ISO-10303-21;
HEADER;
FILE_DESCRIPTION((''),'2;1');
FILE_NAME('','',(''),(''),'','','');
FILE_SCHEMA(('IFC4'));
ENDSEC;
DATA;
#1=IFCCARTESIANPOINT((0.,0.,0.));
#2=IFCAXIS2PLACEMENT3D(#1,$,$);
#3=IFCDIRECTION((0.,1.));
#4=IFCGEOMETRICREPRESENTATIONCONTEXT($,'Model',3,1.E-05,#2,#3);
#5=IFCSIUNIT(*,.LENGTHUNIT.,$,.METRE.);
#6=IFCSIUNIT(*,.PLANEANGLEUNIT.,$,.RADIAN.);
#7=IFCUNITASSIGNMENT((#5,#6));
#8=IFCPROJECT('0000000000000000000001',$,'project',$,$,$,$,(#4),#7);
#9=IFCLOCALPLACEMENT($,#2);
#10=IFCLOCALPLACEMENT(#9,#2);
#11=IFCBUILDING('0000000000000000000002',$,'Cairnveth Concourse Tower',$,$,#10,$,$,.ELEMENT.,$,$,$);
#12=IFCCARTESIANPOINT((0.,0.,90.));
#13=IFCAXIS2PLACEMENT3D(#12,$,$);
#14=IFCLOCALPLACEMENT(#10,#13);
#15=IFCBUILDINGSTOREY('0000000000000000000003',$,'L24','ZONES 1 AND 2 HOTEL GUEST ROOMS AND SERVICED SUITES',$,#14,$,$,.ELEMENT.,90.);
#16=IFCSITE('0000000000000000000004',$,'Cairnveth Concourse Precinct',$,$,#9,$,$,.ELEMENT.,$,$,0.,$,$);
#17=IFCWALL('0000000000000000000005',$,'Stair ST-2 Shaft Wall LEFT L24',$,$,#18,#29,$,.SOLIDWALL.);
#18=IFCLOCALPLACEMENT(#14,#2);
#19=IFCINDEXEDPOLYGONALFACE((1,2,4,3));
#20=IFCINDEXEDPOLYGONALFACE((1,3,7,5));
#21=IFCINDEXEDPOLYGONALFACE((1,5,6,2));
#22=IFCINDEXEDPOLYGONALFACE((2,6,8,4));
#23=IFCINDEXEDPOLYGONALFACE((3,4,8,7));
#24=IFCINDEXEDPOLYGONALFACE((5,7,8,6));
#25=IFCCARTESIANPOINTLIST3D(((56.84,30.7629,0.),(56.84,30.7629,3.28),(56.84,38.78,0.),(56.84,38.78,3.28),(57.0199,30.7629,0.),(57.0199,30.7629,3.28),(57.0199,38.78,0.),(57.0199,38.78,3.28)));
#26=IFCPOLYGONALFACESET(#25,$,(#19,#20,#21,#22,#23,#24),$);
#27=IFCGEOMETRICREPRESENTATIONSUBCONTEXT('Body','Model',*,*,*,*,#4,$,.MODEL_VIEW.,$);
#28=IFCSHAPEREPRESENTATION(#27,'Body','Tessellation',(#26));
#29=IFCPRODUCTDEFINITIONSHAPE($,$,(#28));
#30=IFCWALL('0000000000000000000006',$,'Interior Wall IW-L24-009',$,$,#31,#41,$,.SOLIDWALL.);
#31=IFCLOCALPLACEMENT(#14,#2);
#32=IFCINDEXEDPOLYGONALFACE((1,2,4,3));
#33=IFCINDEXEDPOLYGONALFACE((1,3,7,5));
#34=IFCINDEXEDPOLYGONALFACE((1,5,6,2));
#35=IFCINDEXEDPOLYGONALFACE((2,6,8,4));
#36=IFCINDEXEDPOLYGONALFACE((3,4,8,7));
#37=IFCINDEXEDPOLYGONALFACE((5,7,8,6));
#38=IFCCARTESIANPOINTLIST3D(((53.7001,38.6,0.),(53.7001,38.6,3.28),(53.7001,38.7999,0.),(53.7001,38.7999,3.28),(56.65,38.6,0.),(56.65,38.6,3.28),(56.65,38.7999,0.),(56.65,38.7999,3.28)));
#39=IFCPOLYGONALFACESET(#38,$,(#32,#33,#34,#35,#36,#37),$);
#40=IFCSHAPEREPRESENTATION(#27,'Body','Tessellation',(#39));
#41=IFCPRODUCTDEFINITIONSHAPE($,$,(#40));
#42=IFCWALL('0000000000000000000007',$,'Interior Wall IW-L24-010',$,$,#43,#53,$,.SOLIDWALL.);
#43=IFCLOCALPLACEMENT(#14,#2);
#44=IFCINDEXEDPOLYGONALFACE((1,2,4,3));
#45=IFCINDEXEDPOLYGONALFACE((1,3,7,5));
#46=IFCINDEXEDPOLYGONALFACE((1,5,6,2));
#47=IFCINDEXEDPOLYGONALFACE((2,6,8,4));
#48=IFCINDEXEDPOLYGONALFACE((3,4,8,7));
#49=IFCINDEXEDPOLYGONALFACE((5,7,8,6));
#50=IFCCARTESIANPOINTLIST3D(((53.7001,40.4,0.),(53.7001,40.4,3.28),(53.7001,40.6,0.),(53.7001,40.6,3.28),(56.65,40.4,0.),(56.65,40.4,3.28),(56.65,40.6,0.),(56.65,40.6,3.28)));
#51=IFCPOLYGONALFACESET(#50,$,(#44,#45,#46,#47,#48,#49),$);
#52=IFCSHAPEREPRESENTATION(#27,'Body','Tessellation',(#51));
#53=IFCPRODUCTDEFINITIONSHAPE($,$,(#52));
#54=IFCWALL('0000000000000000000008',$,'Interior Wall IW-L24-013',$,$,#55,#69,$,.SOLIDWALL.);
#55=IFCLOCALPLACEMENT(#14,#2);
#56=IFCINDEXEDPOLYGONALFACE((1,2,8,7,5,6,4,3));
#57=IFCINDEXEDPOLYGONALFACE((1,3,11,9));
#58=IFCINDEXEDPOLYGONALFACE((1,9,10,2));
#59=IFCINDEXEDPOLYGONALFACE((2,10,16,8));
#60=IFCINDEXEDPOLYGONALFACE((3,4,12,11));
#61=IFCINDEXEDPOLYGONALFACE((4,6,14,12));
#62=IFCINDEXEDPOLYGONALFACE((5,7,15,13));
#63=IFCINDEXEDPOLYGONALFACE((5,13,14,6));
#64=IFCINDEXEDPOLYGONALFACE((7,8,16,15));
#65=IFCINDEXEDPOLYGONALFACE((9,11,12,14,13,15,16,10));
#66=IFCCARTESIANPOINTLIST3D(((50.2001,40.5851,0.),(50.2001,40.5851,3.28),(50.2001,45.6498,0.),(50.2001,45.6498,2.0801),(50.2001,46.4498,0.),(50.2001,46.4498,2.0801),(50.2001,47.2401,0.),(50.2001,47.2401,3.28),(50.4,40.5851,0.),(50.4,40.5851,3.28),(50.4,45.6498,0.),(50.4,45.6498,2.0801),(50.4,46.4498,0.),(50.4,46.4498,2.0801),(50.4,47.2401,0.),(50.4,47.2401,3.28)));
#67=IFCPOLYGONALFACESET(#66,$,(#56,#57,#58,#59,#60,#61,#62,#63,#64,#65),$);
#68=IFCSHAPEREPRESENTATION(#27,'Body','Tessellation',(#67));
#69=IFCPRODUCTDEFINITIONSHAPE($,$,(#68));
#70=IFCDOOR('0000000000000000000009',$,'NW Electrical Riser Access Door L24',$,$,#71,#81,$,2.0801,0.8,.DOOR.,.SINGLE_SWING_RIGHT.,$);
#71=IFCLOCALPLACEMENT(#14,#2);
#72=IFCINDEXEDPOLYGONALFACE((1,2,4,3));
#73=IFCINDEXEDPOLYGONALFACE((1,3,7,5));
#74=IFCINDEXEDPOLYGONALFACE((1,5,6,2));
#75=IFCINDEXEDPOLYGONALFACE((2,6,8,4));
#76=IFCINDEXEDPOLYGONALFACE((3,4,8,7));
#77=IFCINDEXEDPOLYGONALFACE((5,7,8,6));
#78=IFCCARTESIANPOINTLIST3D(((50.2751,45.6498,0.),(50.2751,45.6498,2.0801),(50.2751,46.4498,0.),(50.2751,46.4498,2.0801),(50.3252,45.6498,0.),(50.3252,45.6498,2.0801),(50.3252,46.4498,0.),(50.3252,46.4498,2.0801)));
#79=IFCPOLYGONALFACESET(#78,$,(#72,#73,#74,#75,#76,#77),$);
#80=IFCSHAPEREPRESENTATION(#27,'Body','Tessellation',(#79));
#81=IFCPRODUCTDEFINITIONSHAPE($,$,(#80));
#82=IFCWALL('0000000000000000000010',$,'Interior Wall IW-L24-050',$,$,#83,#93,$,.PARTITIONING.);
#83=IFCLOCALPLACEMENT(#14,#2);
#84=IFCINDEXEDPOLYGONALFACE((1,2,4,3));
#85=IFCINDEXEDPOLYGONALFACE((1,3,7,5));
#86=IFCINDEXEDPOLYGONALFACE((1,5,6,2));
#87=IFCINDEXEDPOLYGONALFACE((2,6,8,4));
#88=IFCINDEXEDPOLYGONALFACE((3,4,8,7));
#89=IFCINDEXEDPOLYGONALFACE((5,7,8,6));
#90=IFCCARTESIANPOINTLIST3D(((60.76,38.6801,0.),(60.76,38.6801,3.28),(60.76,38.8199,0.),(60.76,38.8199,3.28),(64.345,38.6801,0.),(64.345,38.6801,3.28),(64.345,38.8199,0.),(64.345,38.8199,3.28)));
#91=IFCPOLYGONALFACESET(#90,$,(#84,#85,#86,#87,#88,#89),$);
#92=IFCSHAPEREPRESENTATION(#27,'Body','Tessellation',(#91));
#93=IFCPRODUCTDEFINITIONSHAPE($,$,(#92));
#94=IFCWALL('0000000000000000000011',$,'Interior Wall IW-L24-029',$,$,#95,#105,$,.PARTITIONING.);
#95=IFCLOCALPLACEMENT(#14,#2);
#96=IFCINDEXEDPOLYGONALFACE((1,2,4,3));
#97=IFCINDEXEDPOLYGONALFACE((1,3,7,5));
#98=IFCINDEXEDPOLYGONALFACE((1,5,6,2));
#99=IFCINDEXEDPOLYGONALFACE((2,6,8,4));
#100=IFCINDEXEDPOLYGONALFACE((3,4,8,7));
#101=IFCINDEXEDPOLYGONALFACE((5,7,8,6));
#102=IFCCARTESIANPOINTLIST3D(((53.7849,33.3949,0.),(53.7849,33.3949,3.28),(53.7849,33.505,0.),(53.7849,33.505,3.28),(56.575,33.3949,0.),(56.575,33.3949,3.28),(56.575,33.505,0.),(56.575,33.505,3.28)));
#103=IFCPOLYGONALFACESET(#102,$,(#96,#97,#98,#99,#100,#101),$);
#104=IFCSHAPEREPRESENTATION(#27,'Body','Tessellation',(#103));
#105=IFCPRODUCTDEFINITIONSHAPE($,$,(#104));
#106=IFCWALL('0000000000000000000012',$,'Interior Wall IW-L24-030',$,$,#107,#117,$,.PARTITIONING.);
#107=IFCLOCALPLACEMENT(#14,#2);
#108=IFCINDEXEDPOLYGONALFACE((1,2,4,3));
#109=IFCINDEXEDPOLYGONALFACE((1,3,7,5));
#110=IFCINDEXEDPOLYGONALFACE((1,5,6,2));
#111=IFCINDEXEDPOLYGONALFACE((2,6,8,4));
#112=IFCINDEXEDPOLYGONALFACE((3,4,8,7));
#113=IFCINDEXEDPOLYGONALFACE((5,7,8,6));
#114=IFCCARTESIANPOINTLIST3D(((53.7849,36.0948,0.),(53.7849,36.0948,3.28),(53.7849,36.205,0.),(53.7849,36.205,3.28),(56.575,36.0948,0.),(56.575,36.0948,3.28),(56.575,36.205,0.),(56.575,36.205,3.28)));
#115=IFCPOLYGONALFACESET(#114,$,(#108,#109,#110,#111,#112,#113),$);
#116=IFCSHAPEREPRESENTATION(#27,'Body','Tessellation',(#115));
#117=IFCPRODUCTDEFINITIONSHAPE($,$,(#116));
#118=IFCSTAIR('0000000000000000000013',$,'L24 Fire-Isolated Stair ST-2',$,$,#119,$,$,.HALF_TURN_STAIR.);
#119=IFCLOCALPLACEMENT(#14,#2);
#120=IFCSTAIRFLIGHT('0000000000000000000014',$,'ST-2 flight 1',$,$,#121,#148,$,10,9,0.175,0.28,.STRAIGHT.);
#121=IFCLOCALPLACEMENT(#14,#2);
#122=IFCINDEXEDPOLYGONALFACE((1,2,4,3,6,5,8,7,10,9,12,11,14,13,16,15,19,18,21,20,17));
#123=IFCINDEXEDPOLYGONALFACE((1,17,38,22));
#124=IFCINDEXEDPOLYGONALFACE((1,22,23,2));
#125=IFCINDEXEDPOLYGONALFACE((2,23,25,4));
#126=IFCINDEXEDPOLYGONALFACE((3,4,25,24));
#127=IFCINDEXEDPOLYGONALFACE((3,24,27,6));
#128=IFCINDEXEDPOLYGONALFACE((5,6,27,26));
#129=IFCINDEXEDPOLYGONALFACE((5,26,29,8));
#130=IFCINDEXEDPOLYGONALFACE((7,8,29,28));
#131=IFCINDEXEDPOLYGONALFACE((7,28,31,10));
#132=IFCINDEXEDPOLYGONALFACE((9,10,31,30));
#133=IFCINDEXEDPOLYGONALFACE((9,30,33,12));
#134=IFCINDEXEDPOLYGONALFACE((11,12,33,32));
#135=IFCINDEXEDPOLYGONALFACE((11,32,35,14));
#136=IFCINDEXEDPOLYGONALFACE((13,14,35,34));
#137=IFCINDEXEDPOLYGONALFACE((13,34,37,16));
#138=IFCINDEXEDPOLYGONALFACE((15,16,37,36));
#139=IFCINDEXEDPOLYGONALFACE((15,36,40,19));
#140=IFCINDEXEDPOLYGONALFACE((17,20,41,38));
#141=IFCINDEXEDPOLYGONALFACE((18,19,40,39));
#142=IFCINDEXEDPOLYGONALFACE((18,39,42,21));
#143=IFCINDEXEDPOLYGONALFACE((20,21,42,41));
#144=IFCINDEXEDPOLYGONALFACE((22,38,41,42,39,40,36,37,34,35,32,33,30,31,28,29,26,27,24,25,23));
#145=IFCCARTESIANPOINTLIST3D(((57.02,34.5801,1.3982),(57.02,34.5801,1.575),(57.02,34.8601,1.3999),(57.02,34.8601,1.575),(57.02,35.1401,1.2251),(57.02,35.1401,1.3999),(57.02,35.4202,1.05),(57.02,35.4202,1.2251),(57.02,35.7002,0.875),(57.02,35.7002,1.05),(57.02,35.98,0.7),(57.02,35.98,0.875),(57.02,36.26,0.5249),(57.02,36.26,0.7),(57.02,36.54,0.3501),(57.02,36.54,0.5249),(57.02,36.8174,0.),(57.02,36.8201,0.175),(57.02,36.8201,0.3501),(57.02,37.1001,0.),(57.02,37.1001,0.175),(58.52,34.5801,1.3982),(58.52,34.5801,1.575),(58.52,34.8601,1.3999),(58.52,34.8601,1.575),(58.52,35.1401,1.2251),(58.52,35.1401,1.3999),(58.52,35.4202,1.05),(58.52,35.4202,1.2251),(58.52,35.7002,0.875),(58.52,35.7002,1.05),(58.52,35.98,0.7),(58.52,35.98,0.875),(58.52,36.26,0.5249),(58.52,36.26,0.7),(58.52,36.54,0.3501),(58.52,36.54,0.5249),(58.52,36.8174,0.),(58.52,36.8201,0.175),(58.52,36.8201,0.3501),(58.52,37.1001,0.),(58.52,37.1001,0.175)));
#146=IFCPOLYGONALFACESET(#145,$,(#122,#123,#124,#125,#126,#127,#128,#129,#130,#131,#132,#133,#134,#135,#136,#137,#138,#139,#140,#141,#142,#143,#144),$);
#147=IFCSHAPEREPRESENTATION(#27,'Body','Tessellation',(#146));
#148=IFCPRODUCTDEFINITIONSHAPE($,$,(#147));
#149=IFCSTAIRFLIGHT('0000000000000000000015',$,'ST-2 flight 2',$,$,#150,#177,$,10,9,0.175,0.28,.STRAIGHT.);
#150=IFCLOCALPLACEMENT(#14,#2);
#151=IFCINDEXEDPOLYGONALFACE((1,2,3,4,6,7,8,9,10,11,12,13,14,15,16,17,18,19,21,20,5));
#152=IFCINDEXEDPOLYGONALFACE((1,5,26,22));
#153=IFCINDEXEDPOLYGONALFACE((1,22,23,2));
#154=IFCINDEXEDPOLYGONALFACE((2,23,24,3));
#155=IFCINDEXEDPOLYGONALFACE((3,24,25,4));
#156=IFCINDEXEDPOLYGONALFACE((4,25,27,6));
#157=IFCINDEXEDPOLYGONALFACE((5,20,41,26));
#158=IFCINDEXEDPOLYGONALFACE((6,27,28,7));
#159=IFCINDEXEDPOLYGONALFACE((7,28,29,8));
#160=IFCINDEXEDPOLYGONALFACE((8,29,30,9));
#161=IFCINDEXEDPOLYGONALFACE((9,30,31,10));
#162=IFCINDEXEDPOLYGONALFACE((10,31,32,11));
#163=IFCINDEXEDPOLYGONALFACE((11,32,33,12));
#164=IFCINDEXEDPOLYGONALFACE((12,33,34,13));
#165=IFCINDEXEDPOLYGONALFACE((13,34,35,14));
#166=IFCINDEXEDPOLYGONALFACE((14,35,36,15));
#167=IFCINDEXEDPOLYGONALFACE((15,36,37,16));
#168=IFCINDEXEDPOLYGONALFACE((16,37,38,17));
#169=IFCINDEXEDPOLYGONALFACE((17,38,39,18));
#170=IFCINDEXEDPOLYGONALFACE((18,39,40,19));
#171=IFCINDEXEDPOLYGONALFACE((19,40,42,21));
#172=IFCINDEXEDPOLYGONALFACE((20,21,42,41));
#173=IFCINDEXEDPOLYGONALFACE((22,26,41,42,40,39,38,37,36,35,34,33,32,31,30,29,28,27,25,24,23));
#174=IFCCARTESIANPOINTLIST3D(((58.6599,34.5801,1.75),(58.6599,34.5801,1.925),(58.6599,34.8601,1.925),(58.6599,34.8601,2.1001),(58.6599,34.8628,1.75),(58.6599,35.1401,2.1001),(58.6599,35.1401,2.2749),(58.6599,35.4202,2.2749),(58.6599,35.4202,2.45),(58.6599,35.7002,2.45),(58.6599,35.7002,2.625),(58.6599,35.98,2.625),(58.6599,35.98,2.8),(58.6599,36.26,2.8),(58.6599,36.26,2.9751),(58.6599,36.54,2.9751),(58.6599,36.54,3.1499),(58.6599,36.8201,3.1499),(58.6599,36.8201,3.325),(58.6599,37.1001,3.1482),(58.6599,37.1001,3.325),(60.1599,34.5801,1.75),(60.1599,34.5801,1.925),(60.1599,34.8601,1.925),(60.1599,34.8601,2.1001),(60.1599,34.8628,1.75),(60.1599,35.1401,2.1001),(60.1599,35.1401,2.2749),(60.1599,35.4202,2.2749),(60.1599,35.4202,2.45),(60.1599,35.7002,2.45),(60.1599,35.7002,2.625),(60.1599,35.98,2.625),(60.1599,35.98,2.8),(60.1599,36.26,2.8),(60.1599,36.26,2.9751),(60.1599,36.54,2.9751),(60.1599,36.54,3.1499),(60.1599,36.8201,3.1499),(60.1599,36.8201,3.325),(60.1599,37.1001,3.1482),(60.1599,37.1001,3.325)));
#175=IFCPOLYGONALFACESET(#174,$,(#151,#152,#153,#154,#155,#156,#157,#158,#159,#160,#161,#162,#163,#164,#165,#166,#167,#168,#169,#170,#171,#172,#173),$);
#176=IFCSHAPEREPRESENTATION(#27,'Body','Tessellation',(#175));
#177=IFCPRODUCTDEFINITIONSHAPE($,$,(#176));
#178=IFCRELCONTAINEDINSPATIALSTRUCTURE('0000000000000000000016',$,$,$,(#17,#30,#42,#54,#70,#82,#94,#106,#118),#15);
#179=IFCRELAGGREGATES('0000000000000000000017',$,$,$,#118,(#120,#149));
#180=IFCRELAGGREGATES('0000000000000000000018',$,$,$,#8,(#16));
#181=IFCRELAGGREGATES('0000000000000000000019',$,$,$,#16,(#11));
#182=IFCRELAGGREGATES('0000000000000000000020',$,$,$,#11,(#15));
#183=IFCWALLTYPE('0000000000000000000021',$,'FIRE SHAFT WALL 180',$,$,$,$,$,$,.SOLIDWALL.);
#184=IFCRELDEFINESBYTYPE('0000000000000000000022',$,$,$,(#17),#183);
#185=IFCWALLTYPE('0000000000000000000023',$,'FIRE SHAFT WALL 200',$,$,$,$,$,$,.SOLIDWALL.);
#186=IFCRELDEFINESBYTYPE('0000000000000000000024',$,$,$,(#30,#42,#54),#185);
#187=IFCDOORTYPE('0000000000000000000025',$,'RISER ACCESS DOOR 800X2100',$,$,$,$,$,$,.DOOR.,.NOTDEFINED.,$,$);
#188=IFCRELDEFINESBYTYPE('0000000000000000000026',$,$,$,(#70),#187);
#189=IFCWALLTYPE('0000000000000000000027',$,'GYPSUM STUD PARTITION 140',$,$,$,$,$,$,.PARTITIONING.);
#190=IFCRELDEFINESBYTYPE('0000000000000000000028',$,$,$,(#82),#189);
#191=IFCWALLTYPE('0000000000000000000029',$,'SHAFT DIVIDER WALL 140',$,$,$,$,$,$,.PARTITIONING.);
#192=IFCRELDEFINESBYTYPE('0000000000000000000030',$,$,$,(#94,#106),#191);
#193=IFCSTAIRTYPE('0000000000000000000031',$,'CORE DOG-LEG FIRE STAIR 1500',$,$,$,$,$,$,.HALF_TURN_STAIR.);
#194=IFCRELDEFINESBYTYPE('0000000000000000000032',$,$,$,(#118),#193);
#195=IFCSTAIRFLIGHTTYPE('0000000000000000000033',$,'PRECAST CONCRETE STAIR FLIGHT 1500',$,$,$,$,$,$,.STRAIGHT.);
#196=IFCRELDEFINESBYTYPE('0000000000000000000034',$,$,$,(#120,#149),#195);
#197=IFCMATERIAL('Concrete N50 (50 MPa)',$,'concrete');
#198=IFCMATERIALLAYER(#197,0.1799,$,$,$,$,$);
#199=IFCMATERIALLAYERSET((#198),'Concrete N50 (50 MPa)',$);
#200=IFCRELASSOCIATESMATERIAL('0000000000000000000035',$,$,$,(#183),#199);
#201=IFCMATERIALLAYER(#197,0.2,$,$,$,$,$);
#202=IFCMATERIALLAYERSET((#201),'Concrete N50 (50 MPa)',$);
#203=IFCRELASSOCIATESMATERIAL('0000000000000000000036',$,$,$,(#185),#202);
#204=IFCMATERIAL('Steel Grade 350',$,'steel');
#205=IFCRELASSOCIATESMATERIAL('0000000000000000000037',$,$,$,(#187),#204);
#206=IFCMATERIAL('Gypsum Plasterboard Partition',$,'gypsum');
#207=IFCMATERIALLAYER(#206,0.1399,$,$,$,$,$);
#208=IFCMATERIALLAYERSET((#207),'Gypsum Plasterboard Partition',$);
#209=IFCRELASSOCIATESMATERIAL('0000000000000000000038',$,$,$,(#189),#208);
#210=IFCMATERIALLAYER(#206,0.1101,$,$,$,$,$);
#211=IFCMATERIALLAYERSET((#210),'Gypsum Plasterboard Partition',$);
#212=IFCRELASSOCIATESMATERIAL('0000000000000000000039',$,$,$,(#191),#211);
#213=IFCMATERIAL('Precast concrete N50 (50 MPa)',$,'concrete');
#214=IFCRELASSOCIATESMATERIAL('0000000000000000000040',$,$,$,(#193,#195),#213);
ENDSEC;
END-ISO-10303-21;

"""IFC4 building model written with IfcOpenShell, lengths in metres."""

from ifc_helpers import new_model, si_unit, direction, frame, frame_2d, origin, place, context, subcontext, project, spatial, polyline, rectangle, outline, extrude, material, layer, layer_set, type_object, element, fill, aggregate, save


model = new_model("IFC4")

# Units and contexts
model_context = context("Model", 3, precision=1e-05, world=origin(), true_north=direction((0.0, 1.0)))
body_context = subcontext(model_context, "Body", "Model", "MODEL_VIEW")
ifc_project = project(units=[si_unit("LENGTHUNIT", "METRE"), si_unit("PLANEANGLEUNIT", "RADIAN")], contexts=[model_context])

# Site, building, storey
site_placement = place(None, origin())
site = spatial("IfcSite", under=ifc_project, at=site_placement, Name="Cairnveth Concourse Precinct", CompositionType="ELEMENT", RefElevation=0.0)
building_placement = place(site_placement, origin())
building = spatial("IfcBuilding", under=site, at=building_placement, Name="Cairnveth Concourse Tower", CompositionType="ELEMENT")
storey_placement = place(building_placement, frame((0.0, 0.0, 90.0)))
storey = spatial("IfcBuildingStorey", under=building, at=storey_placement, Name="L24", Description="ZONES 1 AND 2 HOTEL GUEST ROOMS AND SERVICED SUITES", CompositionType="ELEMENT", Elevation=90.0)

# Shared definitions
ifc_material_1 = material(Name="Concrete N50 (50 MPa)", Category="concrete")
ifc_layer_1 = layer(ifc_material_1, 0.1799)
ifc_layer_set_1 = layer_set([ifc_layer_1], Name="Concrete N50 (50 MPa)")
wall_type_1 = type_object("IfcWallType", Name="FIRE SHAFT WALL 180", PredefinedType="SOLIDWALL", material=ifc_layer_set_1)
ifc_material_2 = material(Name="Steel Grade 350", Category="steel")

# Walls
wall_1_placement = place(storey_placement, frame((56.9299, 38.78, 0.0), z_axis=(0.0, 0.0, 1.0), x_axis=(0.0, -1.0, 0.0)))
element("IfcWall", 1, at=wall_1_placement, inside=storey, type_object=wall_type_1, Name="Stair ST-2 Shaft Wall LEFT L24", PredefinedType="SOLIDWALL", context=body_context, shape_type="SweptSolid", body=[
    extrude(rectangle(XDim=8.0171, YDim=0.1799, at=frame_2d((4.0085, 0.0))), origin(), (0.0, 0.0, 1.0), 3.28),
])
ifc_layer_2 = layer(ifc_material_1, 0.2)
ifc_layer_set_2 = layer_set([ifc_layer_2], Name="Concrete N50 (50 MPa)")
wall_type_2 = type_object("IfcWallType", Name="FIRE SHAFT WALL 200", PredefinedType="SOLIDWALL", material=ifc_layer_set_2)
for number, where, z_axis, x_axis, name in (
    (2, (53.7, 38.7, 0.0), (0.0, 0.0, 1.0), (1.0, 0.0, 0.0), "Interior Wall IW-L24-009"),
    (3, (53.7, 40.5, 0.0), (0.0, 0.0, 1.0), (1.0, 0.0, 0.0), "Interior Wall IW-L24-010"),
):
    element("IfcWall", number, at=place(storey_placement, frame(where, z_axis=z_axis, x_axis=x_axis)), inside=storey, type_object=wall_type_2, Name=name, PredefinedType="SOLIDWALL", context=body_context, shape_type="SweptSolid", body=[
        extrude(rectangle(XDim=2.95, YDim=0.2, at=frame_2d((1.4751, 0.0))), origin(), (0.0, 0.0, 1.0), 3.28),
    ])

# Wall, opening, door
wall_2_placement = place(storey_placement, frame((50.3, 40.585, 0.0), z_axis=(0.0, 0.0, 1.0), x_axis=(0.0, 1.0, 0.0)))
wall_2 = element("IfcWall", 4, at=wall_2_placement, inside=storey, type_object=wall_type_2, Name="Interior Wall IW-L24-013", PredefinedType="SOLIDWALL", context=body_context, shape_type="SweptSolid", body=[
    extrude(rectangle(XDim=6.655, YDim=0.2, at=frame_2d((3.3276, 0.0))), origin(), (0.0, 0.0, 1.0), 3.28),
])
opening_1_placement = place(wall_2_placement, frame((5.0649, 0.0, 0.0)))
opening_1 = element("IfcOpeningElement", 5, at=opening_1_placement, cuts=wall_2, PredefinedType="OPENING", context=body_context, shape_type="SweptSolid", body=[
    extrude(rectangle(XDim=0.8, YDim=2.0801, at=frame_2d((0.3999, 1.04))), frame((0.0, 0.1099, 0.0), z_axis=(0.0, -1.0, 0.0), x_axis=(1.0, 0.0, 0.0)), (0.0, 0.0, 1.0), 0.22),
])
door_type_1 = type_object("IfcDoorType", Name="RISER ACCESS DOOR 800X2100", OperationType="NOTDEFINED", PredefinedType="DOOR", material=ifc_material_2)
door_1_placement = place(opening_1_placement, origin())
door_1 = element("IfcDoor", 6, at=door_1_placement, inside=storey, type_object=door_type_1, Name="NW Electrical Riser Access Door L24", OperationType="SINGLE_SWING_RIGHT", OverallHeight=2.0801, OverallWidth=0.8, PredefinedType="DOOR", context=body_context, shape_type="SweptSolid", body=[
    extrude(rectangle(XDim=0.8, YDim=2.0801, at=frame_2d((0.3999, 1.04))), frame((0.0, 0.0249, 0.0), z_axis=(0.0, -1.0, 0.0), x_axis=(1.0, 0.0, 0.0)), (0.0, 0.0, 1.0), 0.05),
])
fill(opening_1, door_1)

# Walls
ifc_material_3 = material(Name="Gypsum Plasterboard Partition", Category="gypsum")
ifc_layer_3 = layer(ifc_material_3, 0.1399)
ifc_layer_set_3 = layer_set([ifc_layer_3], Name="Gypsum Plasterboard Partition")
wall_type_3 = type_object("IfcWallType", Name="GYPSUM STUD PARTITION 140", PredefinedType="PARTITIONING", material=ifc_layer_set_3)
wall_3_placement = place(storey_placement, frame((60.76, 38.75, 0.0), z_axis=(0.0, 0.0, 1.0), x_axis=(1.0, 0.0, 0.0)))
element("IfcWall", 7, at=wall_3_placement, inside=storey, type_object=wall_type_3, Name="Interior Wall IW-L24-050", PredefinedType="PARTITIONING", context=body_context, shape_type="SweptSolid", body=[
    extrude(rectangle(XDim=3.585, YDim=0.1399, at=frame_2d((1.7925, 0.0))), origin(), (0.0, 0.0, 1.0), 3.28),
])
ifc_layer_4 = layer(ifc_material_3, 0.1101)
ifc_layer_set_4 = layer_set([ifc_layer_4], Name="Gypsum Plasterboard Partition")
wall_type_4 = type_object("IfcWallType", Name="SHAFT DIVIDER WALL 140", PredefinedType="PARTITIONING", material=ifc_layer_set_4)
for number, where, z_axis, x_axis, name in (
    (8, (53.7849, 33.45, 0.0), (0.0, 0.0, 1.0), (1.0, 0.0, 0.0), "Interior Wall IW-L24-029"),
    (9, (53.7849, 36.1499, 0.0), (0.0, 0.0, 1.0), (1.0, 0.0, 0.0), "Interior Wall IW-L24-030"),
):
    element("IfcWall", number, at=place(storey_placement, frame(where, z_axis=z_axis, x_axis=x_axis)), inside=storey, type_object=wall_type_4, Name=name, PredefinedType="PARTITIONING", context=body_context, shape_type="SweptSolid", body=[
        extrude(rectangle(XDim=2.79, YDim=0.1101, at=frame_2d((1.395, 0.0))), origin(), (0.0, 0.0, 1.0), 3.28),
    ])

# Stair, stair flights
ifc_material_4 = material(Name="Precast concrete N50 (50 MPa)", Category="concrete")
stair_type = type_object("IfcStairType", Name="CORE DOG-LEG FIRE STAIR 1500", PredefinedType="HALF_TURN_STAIR", material=ifc_material_4)
stair_placement = place(storey_placement, origin())
stair = element("IfcStair", 10, at=stair_placement, inside=storey, type_object=stair_type, Name="L24 Fire-Isolated Stair ST-2", PredefinedType="HALF_TURN_STAIR")
stair_flight_type = type_object("IfcStairFlightType", Name="PRECAST CONCRETE STAIR FLIGHT 1500", PredefinedType="STRAIGHT", material=ifc_material_4)
stair_flight_1_placement = place(storey_placement, frame((57.77, 37.1001, 0.0), z_axis=(0.0, 0.0, 1.0), x_axis=(0.0, -1.0, 0.0)))
stair_flight_1 = element("IfcStairFlight", 11, at=stair_flight_1_placement, type_object=stair_flight_type, Name="ST-2 flight 1", NumberOfRisers=10, NumberOfTreads=9, PredefinedType="STRAIGHT", RiserHeight=0.175, TreadLength=0.28, context=body_context, shape_type="SweptSolid", body=[
    extrude(outline(polyline([(0.0, 0.0), (0.0, 0.175), (0.28, 0.175), (0.28, 0.3501), (0.5601, 0.3501), (0.5601, 0.5249), (0.8401, 0.5249), (0.8401, 0.7), (1.1201, 0.7), (1.1201, 0.875), (1.3999, 0.875), (1.3999, 1.05), (1.6799, 1.05), (1.6799, 1.2251), (1.96, 1.2251), (1.96, 1.3999), (2.24, 1.3999), (2.24, 1.575), (2.52, 1.575), (2.52, 1.75), (2.52, 1.3982), (0.2827, 0.0), (0.0, 0.0)])), frame((0.0, 0.75, 0.0), z_axis=(0.0, -1.0, 0.0), x_axis=(1.0, 0.0, 0.0)), (0.0, 0.0, 1.0), 1.5),
])
stair_flight_2_placement = place(storey_placement, frame((59.4099, 34.5801, 1.75), z_axis=(0.0, 0.0, 1.0), x_axis=(0.0, 1.0, 0.0)))
stair_flight_2 = element("IfcStairFlight", 12, at=stair_flight_2_placement, type_object=stair_flight_type, Name="ST-2 flight 2", NumberOfRisers=10, NumberOfTreads=9, PredefinedType="STRAIGHT", RiserHeight=0.175, TreadLength=0.28, context=body_context, shape_type="SweptSolid", body=[
    extrude(outline(polyline([(0.0, 0.0), (0.0, 0.175), (0.28, 0.175), (0.28, 0.3501), (0.5601, 0.3501), (0.5601, 0.5249), (0.8401, 0.5249), (0.8401, 0.7), (1.1201, 0.7), (1.1201, 0.875), (1.3999, 0.875), (1.3999, 1.05), (1.6799, 1.05), (1.6799, 1.2251), (1.96, 1.2251), (1.96, 1.3999), (2.24, 1.3999), (2.24, 1.575), (2.52, 1.575), (2.52, 1.75), (2.52, 1.3982), (0.2827, 0.0), (0.0, 0.0)])), frame((0.0, 0.75, 0.0), z_axis=(0.0, -1.0, 0.0), x_axis=(1.0, 0.0, 0.0)), (0.0, 0.0, 1.0), 1.5),
])
aggregate(stair, [stair_flight_1, stair_flight_2])

save(model, "model.ifc")
